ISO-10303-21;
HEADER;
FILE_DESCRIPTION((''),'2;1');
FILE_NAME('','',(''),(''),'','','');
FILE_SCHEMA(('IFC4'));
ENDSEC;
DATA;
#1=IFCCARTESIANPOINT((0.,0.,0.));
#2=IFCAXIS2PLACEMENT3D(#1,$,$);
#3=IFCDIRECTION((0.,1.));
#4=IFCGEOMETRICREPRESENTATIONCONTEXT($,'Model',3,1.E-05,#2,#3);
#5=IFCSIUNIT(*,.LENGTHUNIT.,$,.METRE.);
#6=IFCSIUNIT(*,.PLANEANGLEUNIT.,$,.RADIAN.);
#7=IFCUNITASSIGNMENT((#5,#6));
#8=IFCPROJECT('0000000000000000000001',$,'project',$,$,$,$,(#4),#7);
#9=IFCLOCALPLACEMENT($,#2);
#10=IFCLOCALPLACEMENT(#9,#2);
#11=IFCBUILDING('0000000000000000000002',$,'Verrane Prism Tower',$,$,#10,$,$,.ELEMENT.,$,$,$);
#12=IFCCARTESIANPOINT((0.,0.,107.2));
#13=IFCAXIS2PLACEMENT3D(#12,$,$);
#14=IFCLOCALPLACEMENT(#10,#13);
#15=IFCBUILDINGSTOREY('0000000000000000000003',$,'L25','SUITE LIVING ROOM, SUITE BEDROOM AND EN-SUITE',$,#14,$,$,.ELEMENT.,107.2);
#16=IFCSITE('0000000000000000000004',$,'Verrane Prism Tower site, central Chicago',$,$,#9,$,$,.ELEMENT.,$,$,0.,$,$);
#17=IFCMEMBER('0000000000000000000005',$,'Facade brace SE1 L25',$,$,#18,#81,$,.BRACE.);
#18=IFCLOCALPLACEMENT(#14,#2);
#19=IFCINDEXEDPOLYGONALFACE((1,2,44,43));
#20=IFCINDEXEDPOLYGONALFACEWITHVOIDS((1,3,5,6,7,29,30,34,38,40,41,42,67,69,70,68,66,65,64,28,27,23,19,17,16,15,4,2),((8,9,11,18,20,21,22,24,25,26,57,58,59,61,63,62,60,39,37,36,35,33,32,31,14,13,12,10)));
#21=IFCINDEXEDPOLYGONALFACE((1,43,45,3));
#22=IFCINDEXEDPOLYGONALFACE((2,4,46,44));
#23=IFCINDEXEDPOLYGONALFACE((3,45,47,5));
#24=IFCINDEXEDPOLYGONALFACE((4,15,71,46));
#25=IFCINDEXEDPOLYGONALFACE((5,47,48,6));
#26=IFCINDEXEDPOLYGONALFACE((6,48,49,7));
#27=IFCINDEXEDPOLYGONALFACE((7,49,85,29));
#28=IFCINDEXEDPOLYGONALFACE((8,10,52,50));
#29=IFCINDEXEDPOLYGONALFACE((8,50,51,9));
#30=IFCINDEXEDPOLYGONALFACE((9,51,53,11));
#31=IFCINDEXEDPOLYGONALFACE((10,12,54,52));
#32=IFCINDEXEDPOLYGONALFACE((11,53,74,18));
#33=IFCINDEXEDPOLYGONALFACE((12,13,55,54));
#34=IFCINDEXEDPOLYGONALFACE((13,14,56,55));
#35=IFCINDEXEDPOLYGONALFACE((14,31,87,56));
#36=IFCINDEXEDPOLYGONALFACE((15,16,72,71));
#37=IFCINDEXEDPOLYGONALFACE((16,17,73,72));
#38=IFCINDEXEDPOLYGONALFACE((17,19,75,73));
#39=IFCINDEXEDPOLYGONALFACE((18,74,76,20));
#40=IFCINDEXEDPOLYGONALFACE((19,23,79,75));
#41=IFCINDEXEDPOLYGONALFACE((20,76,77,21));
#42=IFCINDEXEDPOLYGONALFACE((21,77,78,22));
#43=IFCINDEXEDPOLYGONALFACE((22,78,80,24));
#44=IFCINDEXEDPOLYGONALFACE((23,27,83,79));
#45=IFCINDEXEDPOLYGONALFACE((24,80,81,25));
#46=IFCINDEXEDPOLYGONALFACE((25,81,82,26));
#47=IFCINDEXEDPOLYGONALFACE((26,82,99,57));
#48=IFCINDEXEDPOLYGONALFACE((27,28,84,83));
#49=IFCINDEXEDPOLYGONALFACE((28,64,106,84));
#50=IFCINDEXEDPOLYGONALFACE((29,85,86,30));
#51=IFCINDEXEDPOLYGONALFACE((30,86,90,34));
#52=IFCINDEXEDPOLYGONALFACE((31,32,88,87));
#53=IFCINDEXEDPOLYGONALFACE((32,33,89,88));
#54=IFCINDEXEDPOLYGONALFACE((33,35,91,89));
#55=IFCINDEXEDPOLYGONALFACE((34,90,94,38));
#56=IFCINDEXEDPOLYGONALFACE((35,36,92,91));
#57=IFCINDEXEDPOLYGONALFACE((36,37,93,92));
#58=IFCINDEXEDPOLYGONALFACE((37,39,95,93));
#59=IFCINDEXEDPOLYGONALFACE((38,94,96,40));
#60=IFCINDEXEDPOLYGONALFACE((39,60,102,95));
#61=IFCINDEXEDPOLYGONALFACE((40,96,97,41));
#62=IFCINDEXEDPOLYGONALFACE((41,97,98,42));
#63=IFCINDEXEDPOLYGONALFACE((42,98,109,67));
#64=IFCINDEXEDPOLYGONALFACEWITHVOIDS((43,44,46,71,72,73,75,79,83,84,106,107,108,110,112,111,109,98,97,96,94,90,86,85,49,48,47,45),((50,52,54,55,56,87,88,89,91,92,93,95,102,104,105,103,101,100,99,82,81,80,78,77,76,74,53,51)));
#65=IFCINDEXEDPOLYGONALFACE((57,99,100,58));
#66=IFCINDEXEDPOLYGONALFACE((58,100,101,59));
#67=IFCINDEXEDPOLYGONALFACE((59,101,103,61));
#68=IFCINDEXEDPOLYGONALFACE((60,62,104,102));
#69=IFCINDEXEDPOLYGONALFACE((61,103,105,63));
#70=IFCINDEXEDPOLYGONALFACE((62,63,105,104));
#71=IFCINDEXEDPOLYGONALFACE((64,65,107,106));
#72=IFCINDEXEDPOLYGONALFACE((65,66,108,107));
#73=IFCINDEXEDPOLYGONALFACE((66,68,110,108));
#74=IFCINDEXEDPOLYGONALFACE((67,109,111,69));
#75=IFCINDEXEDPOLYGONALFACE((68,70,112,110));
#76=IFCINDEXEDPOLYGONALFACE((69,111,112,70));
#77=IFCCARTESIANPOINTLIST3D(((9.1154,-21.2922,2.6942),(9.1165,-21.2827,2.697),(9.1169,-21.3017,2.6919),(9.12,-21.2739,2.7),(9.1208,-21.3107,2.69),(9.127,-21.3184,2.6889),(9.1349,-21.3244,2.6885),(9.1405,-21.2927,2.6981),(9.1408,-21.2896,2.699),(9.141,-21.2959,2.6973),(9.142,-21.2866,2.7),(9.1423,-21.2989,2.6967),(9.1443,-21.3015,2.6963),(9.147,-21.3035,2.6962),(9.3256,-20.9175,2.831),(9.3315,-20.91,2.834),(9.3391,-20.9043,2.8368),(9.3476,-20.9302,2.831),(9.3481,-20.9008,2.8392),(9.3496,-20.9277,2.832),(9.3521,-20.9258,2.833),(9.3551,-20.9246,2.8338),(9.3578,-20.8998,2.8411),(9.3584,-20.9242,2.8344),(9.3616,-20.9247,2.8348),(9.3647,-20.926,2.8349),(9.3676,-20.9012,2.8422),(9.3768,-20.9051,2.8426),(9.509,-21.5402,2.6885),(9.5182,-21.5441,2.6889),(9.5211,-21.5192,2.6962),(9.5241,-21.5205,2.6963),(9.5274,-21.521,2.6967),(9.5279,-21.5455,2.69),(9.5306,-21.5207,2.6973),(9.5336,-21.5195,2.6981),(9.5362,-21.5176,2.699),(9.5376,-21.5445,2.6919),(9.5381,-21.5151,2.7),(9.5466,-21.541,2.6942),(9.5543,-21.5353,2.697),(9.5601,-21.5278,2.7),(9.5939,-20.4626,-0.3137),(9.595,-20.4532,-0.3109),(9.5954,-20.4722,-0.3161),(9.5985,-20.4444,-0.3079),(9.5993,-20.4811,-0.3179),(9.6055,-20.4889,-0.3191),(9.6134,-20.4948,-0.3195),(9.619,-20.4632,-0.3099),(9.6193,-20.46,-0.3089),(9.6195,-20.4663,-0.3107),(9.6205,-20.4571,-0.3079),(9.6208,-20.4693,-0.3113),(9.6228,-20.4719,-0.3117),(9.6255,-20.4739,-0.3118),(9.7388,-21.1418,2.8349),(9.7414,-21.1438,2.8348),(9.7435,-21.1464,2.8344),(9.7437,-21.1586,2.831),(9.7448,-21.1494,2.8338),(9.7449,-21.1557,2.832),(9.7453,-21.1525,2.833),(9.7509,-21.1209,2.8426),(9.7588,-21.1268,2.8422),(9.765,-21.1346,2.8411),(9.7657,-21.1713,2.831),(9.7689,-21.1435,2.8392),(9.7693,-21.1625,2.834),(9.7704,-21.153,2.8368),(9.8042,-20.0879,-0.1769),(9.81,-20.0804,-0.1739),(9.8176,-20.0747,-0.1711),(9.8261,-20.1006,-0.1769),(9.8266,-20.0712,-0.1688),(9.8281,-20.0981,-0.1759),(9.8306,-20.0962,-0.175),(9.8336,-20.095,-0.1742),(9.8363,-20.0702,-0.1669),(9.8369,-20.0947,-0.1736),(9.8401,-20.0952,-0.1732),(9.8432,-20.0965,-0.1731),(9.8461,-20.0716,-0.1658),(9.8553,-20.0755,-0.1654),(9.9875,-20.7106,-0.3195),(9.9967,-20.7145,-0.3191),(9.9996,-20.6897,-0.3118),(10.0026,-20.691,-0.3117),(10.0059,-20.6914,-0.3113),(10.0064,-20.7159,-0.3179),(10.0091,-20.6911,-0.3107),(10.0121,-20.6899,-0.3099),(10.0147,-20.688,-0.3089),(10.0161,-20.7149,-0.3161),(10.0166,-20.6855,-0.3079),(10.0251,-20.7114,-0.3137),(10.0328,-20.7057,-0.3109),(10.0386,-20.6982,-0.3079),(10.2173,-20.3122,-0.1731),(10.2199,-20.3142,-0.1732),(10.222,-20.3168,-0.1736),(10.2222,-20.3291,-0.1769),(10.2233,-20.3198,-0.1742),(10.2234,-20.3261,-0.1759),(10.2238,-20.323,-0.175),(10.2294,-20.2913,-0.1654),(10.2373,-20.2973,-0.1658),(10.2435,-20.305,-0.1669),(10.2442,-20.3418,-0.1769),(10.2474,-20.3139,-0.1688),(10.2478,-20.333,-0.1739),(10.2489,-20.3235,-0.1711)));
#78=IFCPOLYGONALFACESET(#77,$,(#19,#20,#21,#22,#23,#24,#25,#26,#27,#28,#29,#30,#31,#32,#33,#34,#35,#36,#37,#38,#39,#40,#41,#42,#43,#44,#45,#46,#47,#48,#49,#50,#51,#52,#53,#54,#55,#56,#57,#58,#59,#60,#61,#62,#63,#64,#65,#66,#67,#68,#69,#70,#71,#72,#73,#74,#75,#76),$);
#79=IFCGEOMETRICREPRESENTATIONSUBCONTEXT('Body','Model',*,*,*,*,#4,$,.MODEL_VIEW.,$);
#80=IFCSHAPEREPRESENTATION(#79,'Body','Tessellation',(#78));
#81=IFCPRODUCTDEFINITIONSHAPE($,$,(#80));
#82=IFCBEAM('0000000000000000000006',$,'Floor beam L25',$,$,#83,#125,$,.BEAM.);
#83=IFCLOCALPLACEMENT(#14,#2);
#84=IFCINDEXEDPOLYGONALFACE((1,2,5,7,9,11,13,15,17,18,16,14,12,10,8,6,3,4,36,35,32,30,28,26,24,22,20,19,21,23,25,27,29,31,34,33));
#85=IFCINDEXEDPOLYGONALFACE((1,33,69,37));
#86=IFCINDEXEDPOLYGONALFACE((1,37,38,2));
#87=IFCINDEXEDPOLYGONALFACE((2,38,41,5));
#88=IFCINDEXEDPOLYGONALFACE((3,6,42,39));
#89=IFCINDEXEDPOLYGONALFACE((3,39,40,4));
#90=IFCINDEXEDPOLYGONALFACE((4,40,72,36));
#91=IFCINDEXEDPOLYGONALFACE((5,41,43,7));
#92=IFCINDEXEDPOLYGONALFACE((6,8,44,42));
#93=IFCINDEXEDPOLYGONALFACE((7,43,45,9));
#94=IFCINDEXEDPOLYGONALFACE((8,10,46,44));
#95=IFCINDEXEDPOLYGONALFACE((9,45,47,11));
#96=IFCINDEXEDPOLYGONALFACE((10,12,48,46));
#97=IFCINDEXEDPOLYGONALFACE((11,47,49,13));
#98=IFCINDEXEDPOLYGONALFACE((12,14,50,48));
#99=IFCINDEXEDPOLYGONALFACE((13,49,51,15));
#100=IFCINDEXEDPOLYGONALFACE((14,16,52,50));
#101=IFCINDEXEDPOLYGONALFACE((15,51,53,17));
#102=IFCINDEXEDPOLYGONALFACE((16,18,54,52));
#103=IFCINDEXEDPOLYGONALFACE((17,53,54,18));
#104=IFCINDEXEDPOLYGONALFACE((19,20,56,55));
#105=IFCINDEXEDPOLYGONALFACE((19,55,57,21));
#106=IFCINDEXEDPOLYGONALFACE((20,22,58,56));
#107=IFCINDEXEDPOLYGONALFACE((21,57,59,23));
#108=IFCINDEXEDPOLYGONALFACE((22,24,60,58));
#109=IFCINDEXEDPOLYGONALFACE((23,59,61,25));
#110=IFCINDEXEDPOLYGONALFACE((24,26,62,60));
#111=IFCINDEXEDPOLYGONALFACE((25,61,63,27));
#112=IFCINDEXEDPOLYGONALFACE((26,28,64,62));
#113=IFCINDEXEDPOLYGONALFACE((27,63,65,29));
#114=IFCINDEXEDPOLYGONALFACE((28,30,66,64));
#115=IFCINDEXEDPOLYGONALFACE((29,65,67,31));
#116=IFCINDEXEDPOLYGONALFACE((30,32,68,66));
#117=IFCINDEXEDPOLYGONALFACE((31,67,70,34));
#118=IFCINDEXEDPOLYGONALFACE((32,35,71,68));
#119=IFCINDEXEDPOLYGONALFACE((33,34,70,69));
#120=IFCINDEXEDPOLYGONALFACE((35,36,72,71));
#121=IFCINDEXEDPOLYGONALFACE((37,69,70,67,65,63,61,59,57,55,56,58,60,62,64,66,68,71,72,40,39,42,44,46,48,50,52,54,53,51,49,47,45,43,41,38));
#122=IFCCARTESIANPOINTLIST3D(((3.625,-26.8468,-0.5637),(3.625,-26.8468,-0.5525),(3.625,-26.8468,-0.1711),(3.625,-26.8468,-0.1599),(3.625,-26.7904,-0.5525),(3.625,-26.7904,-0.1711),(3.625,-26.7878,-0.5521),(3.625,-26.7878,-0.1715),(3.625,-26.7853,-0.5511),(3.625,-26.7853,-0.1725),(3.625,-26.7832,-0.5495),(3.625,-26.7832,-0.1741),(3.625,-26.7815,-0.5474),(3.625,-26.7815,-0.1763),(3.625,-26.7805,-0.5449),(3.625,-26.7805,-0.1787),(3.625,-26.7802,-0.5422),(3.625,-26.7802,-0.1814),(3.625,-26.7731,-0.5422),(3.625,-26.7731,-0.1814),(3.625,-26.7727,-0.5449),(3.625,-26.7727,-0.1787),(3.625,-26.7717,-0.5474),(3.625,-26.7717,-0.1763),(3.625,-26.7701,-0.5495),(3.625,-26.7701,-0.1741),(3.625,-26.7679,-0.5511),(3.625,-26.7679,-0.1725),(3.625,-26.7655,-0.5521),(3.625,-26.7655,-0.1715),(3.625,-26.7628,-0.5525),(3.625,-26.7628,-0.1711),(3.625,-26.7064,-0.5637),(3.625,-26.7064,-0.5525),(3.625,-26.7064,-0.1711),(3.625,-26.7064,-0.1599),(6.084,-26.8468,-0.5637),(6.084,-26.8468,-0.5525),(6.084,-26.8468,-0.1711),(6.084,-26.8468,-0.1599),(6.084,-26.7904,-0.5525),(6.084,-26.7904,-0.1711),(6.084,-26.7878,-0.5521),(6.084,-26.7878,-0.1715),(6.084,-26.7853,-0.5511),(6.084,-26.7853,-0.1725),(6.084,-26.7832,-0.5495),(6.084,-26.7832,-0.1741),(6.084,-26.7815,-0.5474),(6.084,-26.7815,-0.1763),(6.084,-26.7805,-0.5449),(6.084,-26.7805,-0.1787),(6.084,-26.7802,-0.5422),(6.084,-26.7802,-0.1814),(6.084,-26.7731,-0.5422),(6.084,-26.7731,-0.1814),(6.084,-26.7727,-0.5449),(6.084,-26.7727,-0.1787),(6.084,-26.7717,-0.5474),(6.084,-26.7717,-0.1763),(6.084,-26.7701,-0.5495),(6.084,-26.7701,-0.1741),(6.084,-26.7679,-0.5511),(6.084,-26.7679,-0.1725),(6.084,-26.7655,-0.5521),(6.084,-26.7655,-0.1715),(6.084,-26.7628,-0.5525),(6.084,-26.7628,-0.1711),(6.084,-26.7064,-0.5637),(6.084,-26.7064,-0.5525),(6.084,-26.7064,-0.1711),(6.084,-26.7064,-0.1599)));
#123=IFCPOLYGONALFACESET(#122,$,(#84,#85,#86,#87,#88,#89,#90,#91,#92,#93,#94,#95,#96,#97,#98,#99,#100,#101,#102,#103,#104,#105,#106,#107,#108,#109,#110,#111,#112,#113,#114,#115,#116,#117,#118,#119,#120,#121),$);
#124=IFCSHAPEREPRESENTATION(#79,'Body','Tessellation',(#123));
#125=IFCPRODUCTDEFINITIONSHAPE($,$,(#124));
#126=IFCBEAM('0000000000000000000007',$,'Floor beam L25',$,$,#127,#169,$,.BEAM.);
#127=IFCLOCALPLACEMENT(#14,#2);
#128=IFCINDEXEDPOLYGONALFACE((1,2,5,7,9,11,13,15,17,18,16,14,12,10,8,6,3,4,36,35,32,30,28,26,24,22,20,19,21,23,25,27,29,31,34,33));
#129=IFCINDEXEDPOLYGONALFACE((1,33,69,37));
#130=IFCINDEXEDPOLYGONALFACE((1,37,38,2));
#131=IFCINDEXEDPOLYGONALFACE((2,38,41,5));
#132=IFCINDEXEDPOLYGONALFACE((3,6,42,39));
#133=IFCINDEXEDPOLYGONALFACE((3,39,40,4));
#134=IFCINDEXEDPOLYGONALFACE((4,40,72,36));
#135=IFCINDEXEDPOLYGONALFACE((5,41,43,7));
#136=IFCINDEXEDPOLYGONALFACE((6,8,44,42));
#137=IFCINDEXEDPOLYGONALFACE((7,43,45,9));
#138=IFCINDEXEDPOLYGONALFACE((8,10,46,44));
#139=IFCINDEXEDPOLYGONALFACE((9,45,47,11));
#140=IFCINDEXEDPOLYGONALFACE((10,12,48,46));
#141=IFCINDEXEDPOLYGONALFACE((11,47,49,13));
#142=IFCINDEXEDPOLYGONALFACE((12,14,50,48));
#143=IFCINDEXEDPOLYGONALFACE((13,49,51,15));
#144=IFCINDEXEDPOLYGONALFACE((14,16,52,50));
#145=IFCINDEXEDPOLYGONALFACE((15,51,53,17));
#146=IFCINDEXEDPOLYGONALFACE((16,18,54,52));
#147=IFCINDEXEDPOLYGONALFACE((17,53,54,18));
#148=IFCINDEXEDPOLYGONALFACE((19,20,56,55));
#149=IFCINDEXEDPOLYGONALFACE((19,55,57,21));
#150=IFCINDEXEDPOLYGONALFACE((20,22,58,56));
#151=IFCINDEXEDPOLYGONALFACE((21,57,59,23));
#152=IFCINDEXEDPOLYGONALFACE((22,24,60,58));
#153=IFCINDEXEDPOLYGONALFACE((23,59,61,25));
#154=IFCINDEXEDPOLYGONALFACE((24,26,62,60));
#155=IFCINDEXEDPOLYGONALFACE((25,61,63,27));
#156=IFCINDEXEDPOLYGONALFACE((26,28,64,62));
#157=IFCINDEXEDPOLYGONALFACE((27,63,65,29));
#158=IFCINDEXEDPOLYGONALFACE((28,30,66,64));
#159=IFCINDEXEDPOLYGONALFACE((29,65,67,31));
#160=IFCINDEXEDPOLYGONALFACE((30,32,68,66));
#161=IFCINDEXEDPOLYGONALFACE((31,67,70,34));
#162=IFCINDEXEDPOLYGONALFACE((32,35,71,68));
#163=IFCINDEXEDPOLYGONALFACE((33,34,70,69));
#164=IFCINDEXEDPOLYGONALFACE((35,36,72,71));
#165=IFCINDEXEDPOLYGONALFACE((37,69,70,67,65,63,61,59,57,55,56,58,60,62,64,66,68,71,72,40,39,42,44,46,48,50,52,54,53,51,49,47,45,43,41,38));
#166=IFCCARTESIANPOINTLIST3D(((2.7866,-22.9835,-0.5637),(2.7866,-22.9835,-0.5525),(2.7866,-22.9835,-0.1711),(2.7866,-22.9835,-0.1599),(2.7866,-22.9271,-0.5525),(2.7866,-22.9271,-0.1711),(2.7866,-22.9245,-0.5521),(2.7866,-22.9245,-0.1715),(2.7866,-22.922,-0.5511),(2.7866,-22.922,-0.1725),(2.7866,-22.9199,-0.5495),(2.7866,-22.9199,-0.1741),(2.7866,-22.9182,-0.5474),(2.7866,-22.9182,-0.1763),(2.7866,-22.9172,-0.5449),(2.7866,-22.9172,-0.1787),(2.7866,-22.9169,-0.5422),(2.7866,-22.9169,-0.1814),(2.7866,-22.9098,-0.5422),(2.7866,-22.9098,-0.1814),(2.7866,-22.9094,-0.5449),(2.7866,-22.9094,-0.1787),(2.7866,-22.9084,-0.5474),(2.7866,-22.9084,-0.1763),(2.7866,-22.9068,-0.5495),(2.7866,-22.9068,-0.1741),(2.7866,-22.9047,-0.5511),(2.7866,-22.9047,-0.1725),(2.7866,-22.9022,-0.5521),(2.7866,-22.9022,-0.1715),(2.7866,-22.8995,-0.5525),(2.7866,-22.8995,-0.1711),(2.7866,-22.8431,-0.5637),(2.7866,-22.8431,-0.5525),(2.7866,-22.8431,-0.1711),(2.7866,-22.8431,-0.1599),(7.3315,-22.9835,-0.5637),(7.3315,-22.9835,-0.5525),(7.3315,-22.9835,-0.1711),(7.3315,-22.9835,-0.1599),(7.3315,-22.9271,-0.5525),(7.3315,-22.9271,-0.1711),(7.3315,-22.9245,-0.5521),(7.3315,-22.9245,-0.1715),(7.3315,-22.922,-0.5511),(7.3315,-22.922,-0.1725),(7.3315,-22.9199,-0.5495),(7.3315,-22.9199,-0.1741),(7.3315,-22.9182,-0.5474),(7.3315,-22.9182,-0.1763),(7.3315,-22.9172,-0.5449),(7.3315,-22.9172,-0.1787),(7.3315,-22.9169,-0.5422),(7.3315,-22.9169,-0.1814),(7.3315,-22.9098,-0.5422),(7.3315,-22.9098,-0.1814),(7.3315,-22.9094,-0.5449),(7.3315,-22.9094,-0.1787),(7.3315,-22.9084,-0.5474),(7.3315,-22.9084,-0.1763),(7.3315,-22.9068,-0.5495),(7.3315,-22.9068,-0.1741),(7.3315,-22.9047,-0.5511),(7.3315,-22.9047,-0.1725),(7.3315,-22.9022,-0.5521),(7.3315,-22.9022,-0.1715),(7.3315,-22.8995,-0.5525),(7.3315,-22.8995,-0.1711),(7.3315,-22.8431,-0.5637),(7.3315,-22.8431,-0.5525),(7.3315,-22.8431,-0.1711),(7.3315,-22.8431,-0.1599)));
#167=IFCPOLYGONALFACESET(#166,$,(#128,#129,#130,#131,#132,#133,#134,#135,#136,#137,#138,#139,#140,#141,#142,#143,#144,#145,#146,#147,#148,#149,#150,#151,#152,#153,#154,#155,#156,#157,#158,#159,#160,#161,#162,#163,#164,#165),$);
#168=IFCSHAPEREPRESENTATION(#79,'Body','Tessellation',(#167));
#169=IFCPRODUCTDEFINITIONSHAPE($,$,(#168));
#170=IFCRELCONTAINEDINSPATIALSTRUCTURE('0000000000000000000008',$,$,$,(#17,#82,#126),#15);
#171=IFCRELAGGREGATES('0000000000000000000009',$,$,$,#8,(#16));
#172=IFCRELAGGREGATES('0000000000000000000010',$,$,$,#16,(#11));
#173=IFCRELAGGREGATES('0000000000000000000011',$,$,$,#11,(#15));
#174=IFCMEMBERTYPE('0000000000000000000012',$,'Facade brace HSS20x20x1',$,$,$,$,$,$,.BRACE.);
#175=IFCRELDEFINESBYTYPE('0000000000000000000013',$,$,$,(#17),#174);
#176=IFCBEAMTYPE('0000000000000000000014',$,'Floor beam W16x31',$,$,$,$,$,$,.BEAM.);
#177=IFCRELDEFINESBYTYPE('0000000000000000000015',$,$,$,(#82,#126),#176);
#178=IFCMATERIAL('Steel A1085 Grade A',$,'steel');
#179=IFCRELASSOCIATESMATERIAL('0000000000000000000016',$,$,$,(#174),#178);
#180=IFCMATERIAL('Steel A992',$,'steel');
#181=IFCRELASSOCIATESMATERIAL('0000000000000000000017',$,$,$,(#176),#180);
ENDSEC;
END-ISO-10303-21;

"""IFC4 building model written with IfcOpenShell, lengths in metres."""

from ifc_helpers import new_model, si_unit, direction, frame, origin, origin_2d, place, context, subcontext, project, spatial, hollow_rectangle, i_section, extrude, material, material_profile, profile_set, type_object, element, save


model = new_model("IFC4")

# Units and contexts
model_context = context("Model", 3, precision=1e-05, world=origin(), true_north=direction((0.0, 1.0)))
body_context = subcontext(model_context, "Body", "Model", "MODEL_VIEW")
ifc_project = project(units=[si_unit("LENGTHUNIT", "METRE"), si_unit("PLANEANGLEUNIT", "RADIAN")], contexts=[model_context])

# Site, building, storey
site_placement = place(None, origin())
site = spatial("IfcSite", under=ifc_project, at=site_placement, Name="Verrane Prism Tower site, central Chicago", CompositionType="ELEMENT", RefElevation=0.0)
building_placement = place(site_placement, origin())
building = spatial("IfcBuilding", under=site, at=building_placement, Name="Verrane Prism Tower", CompositionType="ELEMENT")
storey_placement = place(building_placement, frame((0.0, 0.0, 107.2)))
storey = spatial("IfcBuildingStorey", under=building, at=storey_placement, Name="L25", Description="SUITE LIVING ROOM, SUITE BEDROOM AND EN-SUITE", CompositionType="ELEMENT", Elevation=107.2)

# Member
ifc_material_1 = material(Name="Steel A1085 Grade A", Category="steel")
ifc_material_profile_1 = material_profile(ifc_material_1, hollow_rectangle(XDim=0.5081, YDim=0.5081, WallThickness=0.0254, InnerFilletRadius=0.0127, OuterFilletRadius=0.0381, at=origin_2d()), Name="HSS20x20x1")
ifc_profile_set_1 = profile_set([ifc_material_profile_1], Name="Steel A1085 Grade A")
member_type_1 = type_object("IfcMemberType", Name="Facade brace HSS20x20x1", PredefinedType="BRACE", material=ifc_profile_set_1)
for number, where, z_axis, x_axis, name in (
    (1, (9.9214, -20.3931, -0.2424), (-0.151581, -0.262792, 0.952871), (0.866228, -0.499649, 0.0), "Facade brace SE1 L25"),
):
    element("IfcMember", number, at=place(storey_placement, frame(where, z_axis=z_axis, x_axis=x_axis)), inside=storey, type_object=member_type_1, Name=name, PredefinedType="BRACE", context=body_context, shape_type="SweptSolid", body=[
        extrude(hollow_rectangle(XDim=0.5081, YDim=0.5081, WallThickness=0.0254, InnerFilletRadius=0.0127, OuterFilletRadius=0.0381, at=origin_2d()), origin(), (0.0, 0.0, 1.0), 3.1567),
    ])

# Beams
ifc_material_2 = material(Name="Steel A992", Category="steel")
ifc_material_profile_2 = material_profile(ifc_material_2, i_section(OverallWidth=0.1404, OverallDepth=0.4038, WebThickness=0.0071, FlangeThickness=0.0112, FilletRadius=0.0103, at=origin_2d()), Name="W16x31")
ifc_profile_set_2 = profile_set([ifc_material_profile_2], Name="Steel A992")
beam_type_1 = type_object("IfcBeamType", Name="Floor beam W16x31", PredefinedType="BEAM", material=ifc_profile_set_2)
beam_1_placement = place(storey_placement, frame((3.625, -26.7766, -0.3618), z_axis=(1.0, 0.0, 0.0), x_axis=(0.0, 1.0, 0.0)))
element("IfcBeam", 2, at=beam_1_placement, inside=storey, type_object=beam_type_1, Name="Floor beam L25", PredefinedType="BEAM", context=body_context, shape_type="SweptSolid", body=[
    extrude(i_section(OverallWidth=0.1404, OverallDepth=0.4038, WebThickness=0.0071, FlangeThickness=0.0112, FilletRadius=0.0103, at=origin_2d()), origin(), (0.0, 0.0, 1.0), 2.459),
])
beam_2_placement = place(storey_placement, frame((2.7866, -22.9133, -0.3618), z_axis=(1.0, 0.0, 0.0), x_axis=(0.0, 1.0, 0.0)))
element("IfcBeam", 3, at=beam_2_placement, inside=storey, type_object=beam_type_1, Name="Floor beam L25", PredefinedType="BEAM", context=body_context, shape_type="SweptSolid", body=[
    extrude(i_section(OverallWidth=0.1404, OverallDepth=0.4038, WebThickness=0.0071, FlangeThickness=0.0112, FilletRadius=0.0103, at=origin_2d()), origin(), (0.0, 0.0, 1.0), 4.5449),
])

save(model, "model.ifc")
